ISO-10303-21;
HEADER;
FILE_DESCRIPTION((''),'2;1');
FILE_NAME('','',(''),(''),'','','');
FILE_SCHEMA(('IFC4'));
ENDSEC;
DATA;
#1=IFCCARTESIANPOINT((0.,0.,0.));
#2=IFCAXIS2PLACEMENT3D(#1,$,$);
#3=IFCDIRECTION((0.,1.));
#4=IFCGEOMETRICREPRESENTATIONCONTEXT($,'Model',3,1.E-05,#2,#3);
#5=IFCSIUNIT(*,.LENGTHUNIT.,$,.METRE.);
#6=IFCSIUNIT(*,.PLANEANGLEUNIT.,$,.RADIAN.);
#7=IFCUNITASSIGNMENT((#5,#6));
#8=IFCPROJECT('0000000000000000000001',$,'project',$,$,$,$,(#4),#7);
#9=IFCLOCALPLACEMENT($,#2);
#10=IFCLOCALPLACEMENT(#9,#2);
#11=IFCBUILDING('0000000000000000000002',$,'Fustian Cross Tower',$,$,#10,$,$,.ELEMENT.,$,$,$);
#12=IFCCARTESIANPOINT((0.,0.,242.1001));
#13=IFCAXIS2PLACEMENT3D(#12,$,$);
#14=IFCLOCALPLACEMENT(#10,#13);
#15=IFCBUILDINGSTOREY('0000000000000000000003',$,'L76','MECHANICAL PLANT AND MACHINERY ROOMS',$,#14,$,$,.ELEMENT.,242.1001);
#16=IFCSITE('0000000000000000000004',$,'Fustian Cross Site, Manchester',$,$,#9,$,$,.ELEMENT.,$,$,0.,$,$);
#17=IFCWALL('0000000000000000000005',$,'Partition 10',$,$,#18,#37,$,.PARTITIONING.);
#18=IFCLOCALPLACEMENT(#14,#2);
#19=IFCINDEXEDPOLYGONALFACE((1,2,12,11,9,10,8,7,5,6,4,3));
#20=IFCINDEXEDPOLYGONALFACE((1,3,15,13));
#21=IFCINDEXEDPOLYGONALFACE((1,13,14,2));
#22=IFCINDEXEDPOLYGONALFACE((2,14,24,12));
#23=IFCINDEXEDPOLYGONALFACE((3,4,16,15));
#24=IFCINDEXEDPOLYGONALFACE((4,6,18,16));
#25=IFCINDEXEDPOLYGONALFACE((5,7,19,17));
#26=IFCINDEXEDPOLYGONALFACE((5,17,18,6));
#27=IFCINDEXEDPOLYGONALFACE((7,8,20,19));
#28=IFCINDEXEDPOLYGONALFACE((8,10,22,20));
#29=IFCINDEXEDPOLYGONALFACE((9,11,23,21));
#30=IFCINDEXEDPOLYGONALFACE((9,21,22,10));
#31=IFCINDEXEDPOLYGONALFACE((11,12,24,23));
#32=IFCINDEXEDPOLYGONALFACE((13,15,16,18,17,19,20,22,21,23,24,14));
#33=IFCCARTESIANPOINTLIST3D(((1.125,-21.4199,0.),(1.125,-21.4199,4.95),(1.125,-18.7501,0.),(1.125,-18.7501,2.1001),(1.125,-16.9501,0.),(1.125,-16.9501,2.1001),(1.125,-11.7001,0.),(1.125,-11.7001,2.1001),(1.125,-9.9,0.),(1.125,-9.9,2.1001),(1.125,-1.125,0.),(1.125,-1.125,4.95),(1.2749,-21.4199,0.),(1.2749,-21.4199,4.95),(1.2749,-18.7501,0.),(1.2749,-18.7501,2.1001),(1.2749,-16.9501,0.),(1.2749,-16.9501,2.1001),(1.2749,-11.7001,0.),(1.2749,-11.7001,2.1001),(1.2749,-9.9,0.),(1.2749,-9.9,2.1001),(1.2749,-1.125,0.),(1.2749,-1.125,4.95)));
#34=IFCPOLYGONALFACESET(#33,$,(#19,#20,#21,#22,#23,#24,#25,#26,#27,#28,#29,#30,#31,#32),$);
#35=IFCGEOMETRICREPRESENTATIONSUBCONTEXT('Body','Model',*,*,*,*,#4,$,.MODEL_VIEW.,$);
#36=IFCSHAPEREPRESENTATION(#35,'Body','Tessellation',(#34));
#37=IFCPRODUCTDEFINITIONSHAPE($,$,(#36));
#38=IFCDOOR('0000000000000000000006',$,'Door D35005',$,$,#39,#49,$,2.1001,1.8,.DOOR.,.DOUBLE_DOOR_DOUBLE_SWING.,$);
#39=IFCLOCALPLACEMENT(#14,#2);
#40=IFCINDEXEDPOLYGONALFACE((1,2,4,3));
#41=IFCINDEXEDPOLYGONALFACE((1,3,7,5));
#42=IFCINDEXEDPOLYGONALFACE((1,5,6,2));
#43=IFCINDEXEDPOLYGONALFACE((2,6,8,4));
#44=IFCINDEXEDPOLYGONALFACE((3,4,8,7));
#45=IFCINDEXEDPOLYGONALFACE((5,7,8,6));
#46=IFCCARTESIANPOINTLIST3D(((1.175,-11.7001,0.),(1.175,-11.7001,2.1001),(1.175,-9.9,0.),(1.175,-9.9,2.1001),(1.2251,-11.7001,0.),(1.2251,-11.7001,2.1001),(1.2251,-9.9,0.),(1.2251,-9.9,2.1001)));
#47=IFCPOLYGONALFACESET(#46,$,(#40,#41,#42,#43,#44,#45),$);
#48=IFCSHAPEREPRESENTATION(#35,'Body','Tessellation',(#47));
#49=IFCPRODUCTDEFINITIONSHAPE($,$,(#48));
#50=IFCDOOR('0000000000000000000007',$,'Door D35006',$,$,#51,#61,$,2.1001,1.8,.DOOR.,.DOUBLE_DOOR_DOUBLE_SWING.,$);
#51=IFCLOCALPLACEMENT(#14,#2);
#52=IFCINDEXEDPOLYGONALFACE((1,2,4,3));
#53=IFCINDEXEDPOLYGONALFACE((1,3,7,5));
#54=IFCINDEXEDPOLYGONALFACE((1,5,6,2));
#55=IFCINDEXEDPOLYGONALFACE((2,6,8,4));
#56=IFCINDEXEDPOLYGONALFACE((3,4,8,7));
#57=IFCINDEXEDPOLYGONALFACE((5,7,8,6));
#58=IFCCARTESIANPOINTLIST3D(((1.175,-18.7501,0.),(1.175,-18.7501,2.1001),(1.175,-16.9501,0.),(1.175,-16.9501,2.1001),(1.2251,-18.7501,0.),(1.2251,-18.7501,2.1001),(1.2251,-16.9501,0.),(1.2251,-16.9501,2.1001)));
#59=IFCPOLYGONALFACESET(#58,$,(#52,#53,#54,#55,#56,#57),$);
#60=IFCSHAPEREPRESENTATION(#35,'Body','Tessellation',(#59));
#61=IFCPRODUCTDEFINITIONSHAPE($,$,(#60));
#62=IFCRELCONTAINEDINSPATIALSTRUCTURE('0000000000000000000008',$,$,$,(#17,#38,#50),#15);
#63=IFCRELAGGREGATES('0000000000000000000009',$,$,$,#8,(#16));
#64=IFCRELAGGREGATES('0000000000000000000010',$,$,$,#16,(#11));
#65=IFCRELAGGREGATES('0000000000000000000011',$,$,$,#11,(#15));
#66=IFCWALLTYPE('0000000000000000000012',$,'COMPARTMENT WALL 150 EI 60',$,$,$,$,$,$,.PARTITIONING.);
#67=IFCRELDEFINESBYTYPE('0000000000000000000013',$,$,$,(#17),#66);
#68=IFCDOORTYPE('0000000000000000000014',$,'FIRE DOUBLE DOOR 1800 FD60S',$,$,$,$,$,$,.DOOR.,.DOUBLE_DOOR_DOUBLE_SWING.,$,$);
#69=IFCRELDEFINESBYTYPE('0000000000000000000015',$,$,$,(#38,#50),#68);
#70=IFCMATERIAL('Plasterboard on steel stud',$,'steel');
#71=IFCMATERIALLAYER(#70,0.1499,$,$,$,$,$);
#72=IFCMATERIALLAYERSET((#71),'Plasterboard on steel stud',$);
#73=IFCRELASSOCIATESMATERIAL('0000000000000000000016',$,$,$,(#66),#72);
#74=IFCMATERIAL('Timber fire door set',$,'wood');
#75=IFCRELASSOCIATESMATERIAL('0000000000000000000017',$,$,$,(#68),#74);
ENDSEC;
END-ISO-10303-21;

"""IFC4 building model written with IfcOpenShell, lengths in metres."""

from ifc_helpers import new_model, si_unit, direction, frame, frame_2d, origin, place, context, subcontext, project, spatial, rectangle, extrude, material, layer, layer_set, type_object, element, fill, save


model = new_model("IFC4")

# Units and contexts
model_context = context("Model", 3, precision=1e-05, world=origin(), true_north=direction((0.0, 1.0)))
body_context = subcontext(model_context, "Body", "Model", "MODEL_VIEW")
ifc_project = project(units=[si_unit("LENGTHUNIT", "METRE"), si_unit("PLANEANGLEUNIT", "RADIAN")], contexts=[model_context])

# Site, building, storey
site_placement = place(None, origin())
site = spatial("IfcSite", under=ifc_project, at=site_placement, Name="Fustian Cross Site, Manchester", CompositionType="ELEMENT", RefElevation=0.0)
building_placement = place(site_placement, origin())
building = spatial("IfcBuilding", under=site, at=building_placement, Name="Fustian Cross Tower", CompositionType="ELEMENT")
storey_placement = place(building_placement, frame((0.0, 0.0, 242.1001)))
storey = spatial("IfcBuildingStorey", under=building, at=storey_placement, Name="L76", Description="MECHANICAL PLANT AND MACHINERY ROOMS", CompositionType="ELEMENT", Elevation=242.1001)

# Wall, openings, doors
ifc_material_1 = material(Name="Plasterboard on steel stud", Category="steel")
ifc_layer_1 = layer(ifc_material_1, 0.1499)
ifc_layer_set_1 = layer_set([ifc_layer_1], Name="Plasterboard on steel stud")
wall_type = type_object("IfcWallType", Name="COMPARTMENT WALL 150 EI 60", PredefinedType="PARTITIONING", material=ifc_layer_set_1)
wall_placement = place(storey_placement, frame((1.2, -21.4199, 0.0), z_axis=(0.0, 0.0, 1.0), x_axis=(0.0, 1.0, 0.0)))
wall = element("IfcWall", 1, at=wall_placement, inside=storey, type_object=wall_type, Name="Partition 10", PredefinedType="PARTITIONING", context=body_context, shape_type="SweptSolid", body=[
    extrude(rectangle(XDim=20.2949, YDim=0.1499, at=frame_2d((10.1475, 0.0))), origin(), (0.0, 0.0, 1.0), 4.95),
])
opening_1_placement = place(wall_placement, frame((9.72, 0.0, 0.0)))
opening_1 = element("IfcOpeningElement", 2, at=opening_1_placement, cuts=wall, PredefinedType="OPENING", context=body_context, shape_type="SweptSolid", body=[
    extrude(rectangle(XDim=1.8, YDim=2.1001, at=frame_2d((0.8999, 1.05))), frame((0.0, 0.085, 0.0), z_axis=(0.0, -1.0, 0.0), x_axis=(1.0, 0.0, 0.0)), (0.0, 0.0, 1.0), 0.1699),
])
opening_2_placement = place(wall_placement, frame((2.6699, 0.0, 0.0)))
opening_2 = element("IfcOpeningElement", 3, at=opening_2_placement, cuts=wall, PredefinedType="OPENING", context=body_context, shape_type="SweptSolid", body=[
    extrude(rectangle(XDim=1.8, YDim=2.1001, at=frame_2d((0.8999, 1.05))), frame((0.0, 0.085, 0.0), z_axis=(0.0, -1.0, 0.0), x_axis=(1.0, 0.0, 0.0)), (0.0, 0.0, 1.0), 0.1699),
])
ifc_material_2 = material(Name="Timber fire door set", Category="wood")
door_type = type_object("IfcDoorType", Name="FIRE DOUBLE DOOR 1800 FD60S", OperationType="DOUBLE_DOOR_DOUBLE_SWING", PredefinedType="DOOR", material=ifc_material_2)
door_1_placement = place(opening_1_placement, origin())
door_1 = element("IfcDoor", 4, at=door_1_placement, inside=storey, type_object=door_type, Name="Door D35005", OperationType="DOUBLE_DOOR_DOUBLE_SWING", OverallHeight=2.1001, OverallWidth=1.8, PredefinedType="DOOR", context=body_context, shape_type="SweptSolid", body=[
    extrude(rectangle(XDim=1.8, YDim=2.1001, at=frame_2d((0.8999, 1.05))), frame((0.0, 0.0249, 0.0), z_axis=(0.0, -1.0, 0.0), x_axis=(1.0, 0.0, 0.0)), (0.0, 0.0, 1.0), 0.05),
])
fill(opening_1, door_1)
door_2_placement = place(opening_2_placement, origin())
door_2 = element("IfcDoor", 5, at=door_2_placement, inside=storey, type_object=door_type, Name="Door D35006", OperationType="DOUBLE_DOOR_DOUBLE_SWING", OverallHeight=2.1001, OverallWidth=1.8, PredefinedType="DOOR", context=body_context, shape_type="SweptSolid", body=[
    extrude(rectangle(XDim=1.8, YDim=2.1001, at=frame_2d((0.8999, 1.05))), frame((0.0, 0.0249, 0.0), z_axis=(0.0, -1.0, 0.0), x_axis=(1.0, 0.0, 0.0)), (0.0, 0.0, 1.0), 0.05),
])
fill(opening_2, door_2)

save(model, "model.ifc")
